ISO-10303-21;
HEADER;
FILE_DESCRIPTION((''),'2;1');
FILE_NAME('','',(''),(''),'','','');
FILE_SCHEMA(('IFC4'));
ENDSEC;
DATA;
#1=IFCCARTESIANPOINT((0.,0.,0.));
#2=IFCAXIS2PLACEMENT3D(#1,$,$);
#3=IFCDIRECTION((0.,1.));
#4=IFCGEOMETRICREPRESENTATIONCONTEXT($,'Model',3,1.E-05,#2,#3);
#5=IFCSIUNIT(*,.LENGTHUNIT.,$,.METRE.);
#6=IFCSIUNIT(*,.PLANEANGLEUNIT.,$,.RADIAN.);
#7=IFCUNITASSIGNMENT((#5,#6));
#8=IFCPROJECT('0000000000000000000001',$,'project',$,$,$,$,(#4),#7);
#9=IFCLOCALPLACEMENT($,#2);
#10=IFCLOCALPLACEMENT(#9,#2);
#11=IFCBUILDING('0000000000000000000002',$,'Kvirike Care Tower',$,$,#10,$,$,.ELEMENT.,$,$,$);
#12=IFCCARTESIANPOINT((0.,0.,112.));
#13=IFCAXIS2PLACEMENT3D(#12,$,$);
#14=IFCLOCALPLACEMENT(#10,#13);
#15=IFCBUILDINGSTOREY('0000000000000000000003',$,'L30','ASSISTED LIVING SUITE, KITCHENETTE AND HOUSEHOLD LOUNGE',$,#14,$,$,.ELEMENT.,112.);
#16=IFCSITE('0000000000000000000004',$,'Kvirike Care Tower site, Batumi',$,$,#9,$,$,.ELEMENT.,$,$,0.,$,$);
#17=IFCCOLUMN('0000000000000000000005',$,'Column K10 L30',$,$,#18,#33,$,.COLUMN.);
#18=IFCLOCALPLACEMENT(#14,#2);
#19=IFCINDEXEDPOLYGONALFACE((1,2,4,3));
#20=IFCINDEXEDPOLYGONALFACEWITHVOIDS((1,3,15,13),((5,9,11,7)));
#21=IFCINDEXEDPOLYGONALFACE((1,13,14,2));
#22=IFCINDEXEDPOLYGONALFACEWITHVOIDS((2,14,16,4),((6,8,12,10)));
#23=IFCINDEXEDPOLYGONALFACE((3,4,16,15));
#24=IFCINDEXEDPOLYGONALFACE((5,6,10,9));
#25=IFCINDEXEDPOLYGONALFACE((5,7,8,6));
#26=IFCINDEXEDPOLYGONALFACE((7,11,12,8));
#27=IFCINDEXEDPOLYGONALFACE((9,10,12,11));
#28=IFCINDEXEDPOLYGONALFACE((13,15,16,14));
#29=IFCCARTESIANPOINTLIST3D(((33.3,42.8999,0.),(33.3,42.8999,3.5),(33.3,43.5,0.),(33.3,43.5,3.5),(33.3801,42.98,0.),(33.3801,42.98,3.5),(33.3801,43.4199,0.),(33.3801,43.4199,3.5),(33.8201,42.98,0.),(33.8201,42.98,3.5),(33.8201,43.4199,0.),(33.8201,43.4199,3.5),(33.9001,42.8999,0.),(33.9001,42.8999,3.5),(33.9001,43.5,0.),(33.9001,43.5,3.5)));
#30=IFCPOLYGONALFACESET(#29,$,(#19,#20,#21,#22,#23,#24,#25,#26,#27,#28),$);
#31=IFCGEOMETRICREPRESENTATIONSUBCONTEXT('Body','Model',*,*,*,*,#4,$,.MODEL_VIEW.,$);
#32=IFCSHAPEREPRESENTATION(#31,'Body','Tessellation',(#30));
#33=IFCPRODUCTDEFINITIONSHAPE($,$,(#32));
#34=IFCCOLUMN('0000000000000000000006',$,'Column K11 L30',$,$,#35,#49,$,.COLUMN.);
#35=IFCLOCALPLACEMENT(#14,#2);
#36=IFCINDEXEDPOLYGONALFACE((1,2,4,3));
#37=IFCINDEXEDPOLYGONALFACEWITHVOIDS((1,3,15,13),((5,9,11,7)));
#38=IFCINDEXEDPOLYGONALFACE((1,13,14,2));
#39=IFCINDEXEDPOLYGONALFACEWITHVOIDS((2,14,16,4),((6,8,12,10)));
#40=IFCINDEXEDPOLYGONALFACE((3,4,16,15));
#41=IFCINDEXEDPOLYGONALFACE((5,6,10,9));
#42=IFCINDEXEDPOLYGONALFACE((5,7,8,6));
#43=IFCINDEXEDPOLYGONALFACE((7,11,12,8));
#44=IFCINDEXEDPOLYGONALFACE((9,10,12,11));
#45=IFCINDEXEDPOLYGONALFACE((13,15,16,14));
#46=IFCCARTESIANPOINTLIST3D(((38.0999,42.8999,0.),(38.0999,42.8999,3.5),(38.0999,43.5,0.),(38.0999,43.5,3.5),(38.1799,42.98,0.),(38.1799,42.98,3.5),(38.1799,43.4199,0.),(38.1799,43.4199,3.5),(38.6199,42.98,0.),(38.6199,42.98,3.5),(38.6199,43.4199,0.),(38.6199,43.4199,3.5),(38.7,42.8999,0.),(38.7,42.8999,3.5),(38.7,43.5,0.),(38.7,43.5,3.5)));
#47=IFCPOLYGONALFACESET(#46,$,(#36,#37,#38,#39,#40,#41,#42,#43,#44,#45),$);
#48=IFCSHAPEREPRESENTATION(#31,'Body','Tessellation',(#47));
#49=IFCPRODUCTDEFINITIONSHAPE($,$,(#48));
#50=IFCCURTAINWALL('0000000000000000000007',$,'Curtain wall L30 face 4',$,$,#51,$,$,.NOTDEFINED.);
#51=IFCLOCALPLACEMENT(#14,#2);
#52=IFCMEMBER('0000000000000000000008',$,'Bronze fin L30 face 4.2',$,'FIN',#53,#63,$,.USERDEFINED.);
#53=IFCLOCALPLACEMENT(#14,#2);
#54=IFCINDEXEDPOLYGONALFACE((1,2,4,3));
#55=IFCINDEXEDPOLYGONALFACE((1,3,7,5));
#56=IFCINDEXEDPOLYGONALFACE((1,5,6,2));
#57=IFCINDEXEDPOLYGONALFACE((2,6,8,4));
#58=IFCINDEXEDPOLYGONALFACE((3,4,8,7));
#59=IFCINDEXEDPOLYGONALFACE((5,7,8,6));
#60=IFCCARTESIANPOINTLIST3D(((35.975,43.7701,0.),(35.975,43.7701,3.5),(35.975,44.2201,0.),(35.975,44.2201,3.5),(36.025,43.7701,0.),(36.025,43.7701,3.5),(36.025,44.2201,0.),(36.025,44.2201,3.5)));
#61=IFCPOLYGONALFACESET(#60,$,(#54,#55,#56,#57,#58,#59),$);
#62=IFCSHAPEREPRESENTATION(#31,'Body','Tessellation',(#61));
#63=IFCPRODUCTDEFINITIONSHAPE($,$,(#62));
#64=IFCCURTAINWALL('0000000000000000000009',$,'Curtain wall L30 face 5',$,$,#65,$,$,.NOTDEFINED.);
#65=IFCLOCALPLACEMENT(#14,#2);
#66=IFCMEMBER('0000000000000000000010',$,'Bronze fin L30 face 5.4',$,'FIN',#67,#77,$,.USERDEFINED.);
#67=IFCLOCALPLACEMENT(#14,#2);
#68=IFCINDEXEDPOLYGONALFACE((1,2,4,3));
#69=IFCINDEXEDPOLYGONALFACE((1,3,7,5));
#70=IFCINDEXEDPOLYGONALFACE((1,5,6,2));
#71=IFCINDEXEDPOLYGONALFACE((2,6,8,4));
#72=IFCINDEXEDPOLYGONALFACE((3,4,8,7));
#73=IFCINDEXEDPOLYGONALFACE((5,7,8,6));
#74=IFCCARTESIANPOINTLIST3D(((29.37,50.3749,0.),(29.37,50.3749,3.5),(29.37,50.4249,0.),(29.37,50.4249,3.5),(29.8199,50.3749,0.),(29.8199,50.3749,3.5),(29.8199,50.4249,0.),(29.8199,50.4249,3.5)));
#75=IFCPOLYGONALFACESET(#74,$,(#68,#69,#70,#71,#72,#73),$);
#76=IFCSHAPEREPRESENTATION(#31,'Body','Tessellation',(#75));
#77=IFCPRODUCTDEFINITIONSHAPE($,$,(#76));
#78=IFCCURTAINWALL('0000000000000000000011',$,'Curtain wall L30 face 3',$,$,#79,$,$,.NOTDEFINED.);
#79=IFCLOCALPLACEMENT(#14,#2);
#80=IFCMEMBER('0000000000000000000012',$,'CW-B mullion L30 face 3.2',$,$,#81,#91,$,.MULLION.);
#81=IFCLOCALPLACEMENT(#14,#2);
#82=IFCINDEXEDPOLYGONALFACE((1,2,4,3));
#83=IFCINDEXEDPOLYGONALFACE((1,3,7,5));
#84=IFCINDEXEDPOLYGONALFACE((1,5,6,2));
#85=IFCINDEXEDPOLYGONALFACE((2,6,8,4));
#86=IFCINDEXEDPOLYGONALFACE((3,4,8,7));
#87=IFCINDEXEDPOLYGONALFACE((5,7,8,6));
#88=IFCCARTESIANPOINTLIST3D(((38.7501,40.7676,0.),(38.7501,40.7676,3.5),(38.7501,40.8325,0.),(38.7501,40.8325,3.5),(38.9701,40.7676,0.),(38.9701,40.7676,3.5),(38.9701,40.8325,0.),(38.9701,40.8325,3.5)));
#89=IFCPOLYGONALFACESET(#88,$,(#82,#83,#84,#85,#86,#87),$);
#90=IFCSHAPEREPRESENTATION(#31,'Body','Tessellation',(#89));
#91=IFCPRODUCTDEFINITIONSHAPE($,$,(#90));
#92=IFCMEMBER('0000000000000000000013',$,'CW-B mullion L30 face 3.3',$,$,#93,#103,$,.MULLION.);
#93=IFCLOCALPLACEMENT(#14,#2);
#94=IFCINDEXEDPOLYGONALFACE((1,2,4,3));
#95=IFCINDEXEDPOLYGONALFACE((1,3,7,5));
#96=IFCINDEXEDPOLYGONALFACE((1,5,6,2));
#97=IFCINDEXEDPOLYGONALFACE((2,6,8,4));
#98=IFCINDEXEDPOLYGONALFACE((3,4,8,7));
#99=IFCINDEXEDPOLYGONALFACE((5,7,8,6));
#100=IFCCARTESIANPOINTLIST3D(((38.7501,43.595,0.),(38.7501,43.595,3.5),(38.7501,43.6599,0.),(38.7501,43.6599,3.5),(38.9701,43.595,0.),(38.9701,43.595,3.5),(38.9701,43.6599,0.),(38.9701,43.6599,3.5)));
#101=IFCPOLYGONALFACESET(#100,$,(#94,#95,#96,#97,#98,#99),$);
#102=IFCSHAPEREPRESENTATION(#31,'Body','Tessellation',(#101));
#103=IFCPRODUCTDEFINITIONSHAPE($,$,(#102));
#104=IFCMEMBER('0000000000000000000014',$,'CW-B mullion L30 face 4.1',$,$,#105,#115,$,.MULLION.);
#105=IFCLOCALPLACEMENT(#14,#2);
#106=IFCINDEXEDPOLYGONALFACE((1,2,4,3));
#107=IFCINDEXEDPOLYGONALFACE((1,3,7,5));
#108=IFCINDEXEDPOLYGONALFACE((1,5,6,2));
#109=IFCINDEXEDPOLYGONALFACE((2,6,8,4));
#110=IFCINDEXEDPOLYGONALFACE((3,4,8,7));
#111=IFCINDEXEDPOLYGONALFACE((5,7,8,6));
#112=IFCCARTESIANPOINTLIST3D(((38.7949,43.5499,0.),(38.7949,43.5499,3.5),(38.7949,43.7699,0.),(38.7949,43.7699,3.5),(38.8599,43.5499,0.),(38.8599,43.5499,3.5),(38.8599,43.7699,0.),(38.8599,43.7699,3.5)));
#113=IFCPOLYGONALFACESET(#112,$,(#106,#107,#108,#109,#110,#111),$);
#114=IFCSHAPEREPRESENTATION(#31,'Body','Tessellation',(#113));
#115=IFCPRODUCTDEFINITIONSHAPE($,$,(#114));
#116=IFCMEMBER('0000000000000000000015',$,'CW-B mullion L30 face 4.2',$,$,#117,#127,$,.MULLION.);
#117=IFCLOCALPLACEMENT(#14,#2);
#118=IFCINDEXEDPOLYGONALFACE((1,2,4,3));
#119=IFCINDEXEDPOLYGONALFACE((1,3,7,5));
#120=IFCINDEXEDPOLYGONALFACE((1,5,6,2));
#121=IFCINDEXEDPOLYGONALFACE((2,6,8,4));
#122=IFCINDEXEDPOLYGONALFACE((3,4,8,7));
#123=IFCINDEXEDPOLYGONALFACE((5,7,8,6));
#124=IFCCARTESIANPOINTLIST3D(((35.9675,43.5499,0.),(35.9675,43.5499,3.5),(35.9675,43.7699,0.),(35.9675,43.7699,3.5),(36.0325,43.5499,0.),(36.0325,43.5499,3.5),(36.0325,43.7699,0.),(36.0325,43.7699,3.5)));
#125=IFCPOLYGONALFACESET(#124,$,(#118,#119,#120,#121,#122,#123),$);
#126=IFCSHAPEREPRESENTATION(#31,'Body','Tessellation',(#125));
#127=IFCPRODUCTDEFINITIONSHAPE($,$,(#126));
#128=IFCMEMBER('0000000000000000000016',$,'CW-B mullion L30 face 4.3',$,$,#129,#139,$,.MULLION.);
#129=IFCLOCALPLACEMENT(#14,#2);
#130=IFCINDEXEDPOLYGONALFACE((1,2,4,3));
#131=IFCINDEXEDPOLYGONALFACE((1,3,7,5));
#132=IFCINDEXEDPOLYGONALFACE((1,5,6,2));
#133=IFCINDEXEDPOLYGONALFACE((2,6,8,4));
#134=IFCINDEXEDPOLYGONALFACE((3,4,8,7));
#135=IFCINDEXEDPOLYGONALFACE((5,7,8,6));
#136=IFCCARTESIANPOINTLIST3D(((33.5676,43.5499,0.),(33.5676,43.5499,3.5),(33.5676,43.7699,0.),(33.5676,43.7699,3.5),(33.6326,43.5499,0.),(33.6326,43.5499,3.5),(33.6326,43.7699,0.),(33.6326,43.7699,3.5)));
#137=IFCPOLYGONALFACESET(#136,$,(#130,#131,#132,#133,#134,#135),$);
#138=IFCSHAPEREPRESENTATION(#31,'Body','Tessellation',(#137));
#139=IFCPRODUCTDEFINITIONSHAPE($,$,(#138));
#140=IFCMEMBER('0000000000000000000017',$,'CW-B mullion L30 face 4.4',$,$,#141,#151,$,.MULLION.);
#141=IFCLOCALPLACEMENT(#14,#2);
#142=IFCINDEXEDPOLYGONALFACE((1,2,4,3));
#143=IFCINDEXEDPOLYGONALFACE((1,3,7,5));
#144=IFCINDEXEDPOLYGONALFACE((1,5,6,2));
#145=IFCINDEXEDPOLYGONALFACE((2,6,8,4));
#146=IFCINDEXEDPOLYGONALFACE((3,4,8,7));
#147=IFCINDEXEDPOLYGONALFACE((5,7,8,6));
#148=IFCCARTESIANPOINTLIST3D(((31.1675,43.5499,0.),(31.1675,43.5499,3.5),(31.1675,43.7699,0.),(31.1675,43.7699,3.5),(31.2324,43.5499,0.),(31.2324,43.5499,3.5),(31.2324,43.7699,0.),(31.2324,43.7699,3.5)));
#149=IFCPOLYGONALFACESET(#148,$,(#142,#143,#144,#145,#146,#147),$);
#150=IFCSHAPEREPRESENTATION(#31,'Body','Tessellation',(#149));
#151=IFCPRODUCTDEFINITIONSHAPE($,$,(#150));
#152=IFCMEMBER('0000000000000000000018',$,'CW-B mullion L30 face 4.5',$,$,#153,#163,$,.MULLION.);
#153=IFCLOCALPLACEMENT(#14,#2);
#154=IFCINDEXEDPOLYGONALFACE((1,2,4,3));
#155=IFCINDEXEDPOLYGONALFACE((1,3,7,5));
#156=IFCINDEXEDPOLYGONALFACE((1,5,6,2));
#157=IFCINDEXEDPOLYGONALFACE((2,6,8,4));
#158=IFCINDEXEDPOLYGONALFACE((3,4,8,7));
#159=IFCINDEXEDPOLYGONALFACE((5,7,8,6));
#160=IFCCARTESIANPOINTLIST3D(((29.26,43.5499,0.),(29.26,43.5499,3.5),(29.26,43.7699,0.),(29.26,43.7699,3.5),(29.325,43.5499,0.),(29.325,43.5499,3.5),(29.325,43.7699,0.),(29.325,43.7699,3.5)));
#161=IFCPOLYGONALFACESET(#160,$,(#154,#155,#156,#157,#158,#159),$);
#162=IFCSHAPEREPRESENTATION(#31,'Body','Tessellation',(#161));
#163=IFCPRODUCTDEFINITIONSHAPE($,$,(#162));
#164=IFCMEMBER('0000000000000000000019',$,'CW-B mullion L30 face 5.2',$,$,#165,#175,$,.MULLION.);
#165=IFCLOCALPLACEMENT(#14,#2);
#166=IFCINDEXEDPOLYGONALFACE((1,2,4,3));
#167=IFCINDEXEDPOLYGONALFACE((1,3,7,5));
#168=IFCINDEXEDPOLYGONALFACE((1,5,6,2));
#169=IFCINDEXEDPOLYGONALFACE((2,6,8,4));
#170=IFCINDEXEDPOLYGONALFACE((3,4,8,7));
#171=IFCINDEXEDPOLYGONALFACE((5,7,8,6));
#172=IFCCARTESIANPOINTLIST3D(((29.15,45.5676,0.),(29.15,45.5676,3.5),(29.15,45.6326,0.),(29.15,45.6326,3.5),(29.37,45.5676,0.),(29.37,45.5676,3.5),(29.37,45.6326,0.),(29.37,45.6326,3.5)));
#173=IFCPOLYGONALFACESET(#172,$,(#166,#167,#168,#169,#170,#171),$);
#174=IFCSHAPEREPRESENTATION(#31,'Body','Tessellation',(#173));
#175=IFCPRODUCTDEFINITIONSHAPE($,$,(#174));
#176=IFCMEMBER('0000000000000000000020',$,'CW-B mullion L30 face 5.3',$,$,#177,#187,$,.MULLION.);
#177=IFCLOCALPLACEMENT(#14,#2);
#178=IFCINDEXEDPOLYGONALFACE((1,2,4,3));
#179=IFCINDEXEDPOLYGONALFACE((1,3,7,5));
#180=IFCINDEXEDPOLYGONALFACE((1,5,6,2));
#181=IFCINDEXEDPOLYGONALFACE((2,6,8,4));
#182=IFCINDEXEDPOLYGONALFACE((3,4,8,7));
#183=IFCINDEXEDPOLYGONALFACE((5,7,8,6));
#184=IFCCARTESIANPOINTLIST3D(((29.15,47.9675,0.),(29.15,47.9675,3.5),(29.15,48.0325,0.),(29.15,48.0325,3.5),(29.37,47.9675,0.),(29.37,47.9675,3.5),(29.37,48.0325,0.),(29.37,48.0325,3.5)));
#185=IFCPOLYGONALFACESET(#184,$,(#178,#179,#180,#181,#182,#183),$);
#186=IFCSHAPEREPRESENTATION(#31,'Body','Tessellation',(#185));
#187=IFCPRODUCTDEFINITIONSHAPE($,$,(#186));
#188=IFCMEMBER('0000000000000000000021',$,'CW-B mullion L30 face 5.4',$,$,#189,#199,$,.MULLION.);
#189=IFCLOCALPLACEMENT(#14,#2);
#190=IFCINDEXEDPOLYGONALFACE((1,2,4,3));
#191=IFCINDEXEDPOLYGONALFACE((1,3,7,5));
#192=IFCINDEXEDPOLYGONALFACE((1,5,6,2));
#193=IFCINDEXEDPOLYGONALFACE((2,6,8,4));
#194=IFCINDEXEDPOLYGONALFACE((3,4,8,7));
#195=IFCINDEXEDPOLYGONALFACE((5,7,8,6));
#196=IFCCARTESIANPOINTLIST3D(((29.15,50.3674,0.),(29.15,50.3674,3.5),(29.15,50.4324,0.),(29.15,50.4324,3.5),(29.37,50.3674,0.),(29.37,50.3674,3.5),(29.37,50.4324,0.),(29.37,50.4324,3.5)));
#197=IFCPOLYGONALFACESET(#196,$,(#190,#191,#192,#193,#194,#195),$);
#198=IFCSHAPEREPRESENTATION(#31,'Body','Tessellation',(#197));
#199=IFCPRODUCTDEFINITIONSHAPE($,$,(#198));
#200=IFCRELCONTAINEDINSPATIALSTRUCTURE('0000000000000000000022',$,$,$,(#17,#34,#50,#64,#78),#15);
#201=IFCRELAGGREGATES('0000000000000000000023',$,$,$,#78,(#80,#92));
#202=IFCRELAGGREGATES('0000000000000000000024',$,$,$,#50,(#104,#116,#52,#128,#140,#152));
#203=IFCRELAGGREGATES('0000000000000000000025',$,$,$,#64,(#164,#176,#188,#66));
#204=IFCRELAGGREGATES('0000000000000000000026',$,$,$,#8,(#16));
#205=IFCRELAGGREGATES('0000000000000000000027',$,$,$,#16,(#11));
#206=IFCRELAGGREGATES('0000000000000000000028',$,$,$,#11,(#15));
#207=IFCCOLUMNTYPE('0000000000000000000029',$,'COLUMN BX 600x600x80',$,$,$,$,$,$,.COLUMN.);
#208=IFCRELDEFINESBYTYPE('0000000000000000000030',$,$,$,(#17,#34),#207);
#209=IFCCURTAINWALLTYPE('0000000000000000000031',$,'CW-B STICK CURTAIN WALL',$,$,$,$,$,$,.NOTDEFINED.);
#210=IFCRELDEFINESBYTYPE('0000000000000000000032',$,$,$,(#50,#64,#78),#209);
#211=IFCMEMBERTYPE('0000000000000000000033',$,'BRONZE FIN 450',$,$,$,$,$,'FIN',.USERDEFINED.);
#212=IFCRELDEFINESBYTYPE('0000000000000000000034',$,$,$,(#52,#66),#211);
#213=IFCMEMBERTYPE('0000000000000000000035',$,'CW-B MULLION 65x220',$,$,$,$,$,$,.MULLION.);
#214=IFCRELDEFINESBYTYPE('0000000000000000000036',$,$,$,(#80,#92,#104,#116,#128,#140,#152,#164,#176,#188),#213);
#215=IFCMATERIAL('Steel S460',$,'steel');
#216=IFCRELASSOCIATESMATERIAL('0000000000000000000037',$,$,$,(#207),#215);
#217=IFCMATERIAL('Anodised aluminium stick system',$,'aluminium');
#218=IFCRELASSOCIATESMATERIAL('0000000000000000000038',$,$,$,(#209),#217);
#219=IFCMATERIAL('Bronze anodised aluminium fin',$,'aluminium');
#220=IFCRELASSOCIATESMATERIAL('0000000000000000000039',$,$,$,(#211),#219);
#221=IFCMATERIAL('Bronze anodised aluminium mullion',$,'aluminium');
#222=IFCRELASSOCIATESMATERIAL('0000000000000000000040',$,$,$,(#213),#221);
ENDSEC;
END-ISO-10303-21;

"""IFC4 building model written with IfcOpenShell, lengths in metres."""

from ifc_helpers import new_model, si_unit, direction, frame, origin, origin_2d, place, context, subcontext, project, spatial, rectangle, hollow_rectangle, extrude, material, material_profile, profile_set, type_object, element, aggregate, save


model = new_model("IFC4")

# Units and contexts
model_context = context("Model", 3, precision=1e-05, world=origin(), true_north=direction((0.0, 1.0)))
body_context = subcontext(model_context, "Body", "Model", "MODEL_VIEW")
ifc_project = project(units=[si_unit("LENGTHUNIT", "METRE"), si_unit("PLANEANGLEUNIT", "RADIAN")], contexts=[model_context])

# Site, building, storey
site_placement = place(None, origin())
site = spatial("IfcSite", under=ifc_project, at=site_placement, Name="Kvirike Care Tower site, Batumi", CompositionType="ELEMENT", RefElevation=0.0)
building_placement = place(site_placement, origin())
building = spatial("IfcBuilding", under=site, at=building_placement, Name="Kvirike Care Tower", CompositionType="ELEMENT")
storey_placement = place(building_placement, frame((0.0, 0.0, 112.0)))
storey = spatial("IfcBuildingStorey", under=building, at=storey_placement, Name="L30", Description="ASSISTED LIVING SUITE, KITCHENETTE AND HOUSEHOLD LOUNGE", CompositionType="ELEMENT", Elevation=112.0)

# Columns
ifc_material_1 = material(Name="Steel S460", Category="steel")
ifc_material_profile_1 = material_profile(ifc_material_1, hollow_rectangle(XDim=0.6001, YDim=0.6001, WallThickness=0.0801, at=origin_2d()), Name="BX 600x600x80")
ifc_profile_set_1 = profile_set([ifc_material_profile_1], Name="Steel S460")
column_type = type_object("IfcColumnType", Name="COLUMN BX 600x600x80", PredefinedType="COLUMN", material=ifc_profile_set_1)
for number, where, z_axis, x_axis, name in (
    (1, (33.6001, 43.2, 0.0), (0.0, 0.0, 1.0), (0.0, 1.0, 0.0), "Column K10 L30"),
    (2, (38.3999, 43.2, 0.0), (0.0, 0.0, 1.0), (0.0, 1.0, 0.0), "Column K11 L30"),
):
    element("IfcColumn", number, at=place(storey_placement, frame(where, z_axis=z_axis, x_axis=x_axis)), inside=storey, type_object=column_type, Name=name, PredefinedType="COLUMN", context=body_context, shape_type="SweptSolid", body=[
        extrude(hollow_rectangle(XDim=0.6001, YDim=0.6001, WallThickness=0.0801, at=origin_2d()), origin(), (0.0, 0.0, 1.0), 3.5),
    ])

# Curtain walls, members
ifc_material_2 = material(Name="Anodised aluminium stick system", Category="aluminium")
curtain_wall_type = type_object("IfcCurtainWallType", Name="CW-B STICK CURTAIN WALL", PredefinedType="NOTDEFINED", material=ifc_material_2)
curtain_wall_1_placement = place(storey_placement, origin())
curtain_wall_1 = element("IfcCurtainWall", 3, at=curtain_wall_1_placement, inside=storey, type_object=curtain_wall_type, Name="Curtain wall L30 face 4", PredefinedType="NOTDEFINED")
ifc_material_3 = material(Name="Bronze anodised aluminium fin", Category="aluminium")
ifc_material_profile_2 = material_profile(ifc_material_3, rectangle(XDim=0.05, YDim=0.45, at=origin_2d()), Name="BRONZE FIN 450")
ifc_profile_set_2 = profile_set([ifc_material_profile_2], Name="Bronze anodised aluminium fin")
member_type_1 = type_object("IfcMemberType", Name="BRONZE FIN 450", ElementType="FIN", PredefinedType="USERDEFINED", material=ifc_profile_set_2)
member_1_placement = place(storey_placement, frame((36.0, 43.9951, 0.0), z_axis=(0.0, 0.0, 1.0), x_axis=(-1.0, 0.0, 0.0)))
member_1 = element("IfcMember", 4, at=member_1_placement, type_object=member_type_1, Name="Bronze fin L30 face 4.2", ObjectType="FIN", PredefinedType="USERDEFINED", context=body_context, shape_type="SweptSolid", body=[
    extrude(rectangle(XDim=0.05, YDim=0.45, at=origin_2d()), origin(), (0.0, 0.0, 1.0), 3.5),
])
curtain_wall_2_placement = place(storey_placement, origin())
curtain_wall_2 = element("IfcCurtainWall", 5, at=curtain_wall_2_placement, inside=storey, type_object=curtain_wall_type, Name="Curtain wall L30 face 5", PredefinedType="NOTDEFINED")
member_2_placement = place(storey_placement, frame((29.595, 50.3999, 0.0), z_axis=(0.0, 0.0, 1.0), x_axis=(0.0, 1.0, 0.0)))
member_2 = element("IfcMember", 6, at=member_2_placement, type_object=member_type_1, Name="Bronze fin L30 face 5.4", ObjectType="FIN", PredefinedType="USERDEFINED", context=body_context, shape_type="SweptSolid", body=[
    extrude(rectangle(XDim=0.05, YDim=0.45, at=origin_2d()), origin(), (0.0, 0.0, 1.0), 3.5),
])

# Curtain wall, members
curtain_wall_3_placement = place(storey_placement, origin())
curtain_wall_3 = element("IfcCurtainWall", 7, at=curtain_wall_3_placement, inside=storey, type_object=curtain_wall_type, Name="Curtain wall L30 face 3", PredefinedType="NOTDEFINED")
ifc_material_4 = material(Name="Bronze anodised aluminium mullion", Category="aluminium")
ifc_material_profile_3 = material_profile(ifc_material_4, rectangle(XDim=0.0649, YDim=0.22, at=origin_2d()), Name="CW-B MULLION 65x220")
ifc_profile_set_3 = profile_set([ifc_material_profile_3], Name="Bronze anodised aluminium mullion")
member_type_2 = type_object("IfcMemberType", Name="CW-B MULLION 65x220", PredefinedType="MULLION", material=ifc_profile_set_3)
member_3_placement = place(storey_placement, frame((38.8601, 40.8, 0.0), z_axis=(0.0, 0.0, 1.0), x_axis=(0.0, 1.0, 0.0)))
member_3 = element("IfcMember", 8, at=member_3_placement, type_object=member_type_2, Name="CW-B mullion L30 face 3.2", PredefinedType="MULLION", context=body_context, shape_type="SweptSolid", body=[
    extrude(rectangle(XDim=0.0649, YDim=0.22, at=origin_2d()), origin(), (0.0, 0.0, 1.0), 3.5),
])
member_4_placement = place(storey_placement, frame((38.8601, 43.6274, 0.0), z_axis=(0.0, 0.0, 1.0), x_axis=(0.0, 1.0, 0.0)))
member_4 = element("IfcMember", 9, at=member_4_placement, type_object=member_type_2, Name="CW-B mullion L30 face 3.3", PredefinedType="MULLION", context=body_context, shape_type="SweptSolid", body=[
    extrude(rectangle(XDim=0.0649, YDim=0.22, at=origin_2d()), origin(), (0.0, 0.0, 1.0), 3.5),
])

# Members
member_5_placement = place(storey_placement, frame((38.8274, 43.6599, 0.0), z_axis=(0.0, 0.0, 1.0), x_axis=(-1.0, 0.0, 0.0)))
member_5 = element("IfcMember", 10, at=member_5_placement, type_object=member_type_2, Name="CW-B mullion L30 face 4.1", PredefinedType="MULLION", context=body_context, shape_type="SweptSolid", body=[
    extrude(rectangle(XDim=0.0649, YDim=0.22, at=origin_2d()), origin(), (0.0, 0.0, 1.0), 3.5),
])
member_6_placement = place(storey_placement, frame((36.0, 43.6599, 0.0), z_axis=(0.0, 0.0, 1.0), x_axis=(-1.0, 0.0, 0.0)))
member_6 = element("IfcMember", 11, at=member_6_placement, type_object=member_type_2, Name="CW-B mullion L30 face 4.2", PredefinedType="MULLION", context=body_context, shape_type="SweptSolid", body=[
    extrude(rectangle(XDim=0.0649, YDim=0.22, at=origin_2d()), origin(), (0.0, 0.0, 1.0), 3.5),
])
member_7_placement = place(storey_placement, frame((33.6001, 43.6599, 0.0), z_axis=(0.0, 0.0, 1.0), x_axis=(-1.0, 0.0, 0.0)))
member_7 = element("IfcMember", 12, at=member_7_placement, type_object=member_type_2, Name="CW-B mullion L30 face 4.3", PredefinedType="MULLION", context=body_context, shape_type="SweptSolid", body=[
    extrude(rectangle(XDim=0.0649, YDim=0.22, at=origin_2d()), origin(), (0.0, 0.0, 1.0), 3.5),
])
member_8_placement = place(storey_placement, frame((31.2, 43.6599, 0.0), z_axis=(0.0, 0.0, 1.0), x_axis=(-1.0, 0.0, 0.0)))
member_8 = element("IfcMember", 13, at=member_8_placement, type_object=member_type_2, Name="CW-B mullion L30 face 4.4", PredefinedType="MULLION", context=body_context, shape_type="SweptSolid", body=[
    extrude(rectangle(XDim=0.0649, YDim=0.22, at=origin_2d()), origin(), (0.0, 0.0, 1.0), 3.5),
])
member_9_placement = place(storey_placement, frame((29.2925, 43.6599, 0.0), z_axis=(0.0, 0.0, 1.0), x_axis=(-1.0, 0.0, 0.0)))
member_9 = element("IfcMember", 14, at=member_9_placement, type_object=member_type_2, Name="CW-B mullion L30 face 4.5", PredefinedType="MULLION", context=body_context, shape_type="SweptSolid", body=[
    extrude(rectangle(XDim=0.0649, YDim=0.22, at=origin_2d()), origin(), (0.0, 0.0, 1.0), 3.5),
])
member_10_placement = place(storey_placement, frame((29.26, 45.6001, 0.0), z_axis=(0.0, 0.0, 1.0), x_axis=(0.0, 1.0, 0.0)))
member_10 = element("IfcMember", 15, at=member_10_placement, type_object=member_type_2, Name="CW-B mullion L30 face 5.2", PredefinedType="MULLION", context=body_context, shape_type="SweptSolid", body=[
    extrude(rectangle(XDim=0.0649, YDim=0.22, at=origin_2d()), origin(), (0.0, 0.0, 1.0), 3.5),
])
member_11_placement = place(storey_placement, frame((29.26, 48.0, 0.0), z_axis=(0.0, 0.0, 1.0), x_axis=(0.0, 1.0, 0.0)))
member_11 = element("IfcMember", 16, at=member_11_placement, type_object=member_type_2, Name="CW-B mullion L30 face 5.3", PredefinedType="MULLION", context=body_context, shape_type="SweptSolid", body=[
    extrude(rectangle(XDim=0.0649, YDim=0.22, at=origin_2d()), origin(), (0.0, 0.0, 1.0), 3.5),
])
member_12_placement = place(storey_placement, frame((29.26, 50.3999, 0.0), z_axis=(0.0, 0.0, 1.0), x_axis=(0.0, 1.0, 0.0)))
member_12 = element("IfcMember", 17, at=member_12_placement, type_object=member_type_2, Name="CW-B mullion L30 face 5.4", PredefinedType="MULLION", context=body_context, shape_type="SweptSolid", body=[
    extrude(rectangle(XDim=0.0649, YDim=0.22, at=origin_2d()), origin(), (0.0, 0.0, 1.0), 3.5),
])

aggregate(curtain_wall_3, [member_3, member_4])
aggregate(curtain_wall_1, [member_5, member_6, member_1, member_7, member_8, member_9])
aggregate(curtain_wall_2, [member_10, member_11, member_12, member_2])

save(model, "model.ifc")
